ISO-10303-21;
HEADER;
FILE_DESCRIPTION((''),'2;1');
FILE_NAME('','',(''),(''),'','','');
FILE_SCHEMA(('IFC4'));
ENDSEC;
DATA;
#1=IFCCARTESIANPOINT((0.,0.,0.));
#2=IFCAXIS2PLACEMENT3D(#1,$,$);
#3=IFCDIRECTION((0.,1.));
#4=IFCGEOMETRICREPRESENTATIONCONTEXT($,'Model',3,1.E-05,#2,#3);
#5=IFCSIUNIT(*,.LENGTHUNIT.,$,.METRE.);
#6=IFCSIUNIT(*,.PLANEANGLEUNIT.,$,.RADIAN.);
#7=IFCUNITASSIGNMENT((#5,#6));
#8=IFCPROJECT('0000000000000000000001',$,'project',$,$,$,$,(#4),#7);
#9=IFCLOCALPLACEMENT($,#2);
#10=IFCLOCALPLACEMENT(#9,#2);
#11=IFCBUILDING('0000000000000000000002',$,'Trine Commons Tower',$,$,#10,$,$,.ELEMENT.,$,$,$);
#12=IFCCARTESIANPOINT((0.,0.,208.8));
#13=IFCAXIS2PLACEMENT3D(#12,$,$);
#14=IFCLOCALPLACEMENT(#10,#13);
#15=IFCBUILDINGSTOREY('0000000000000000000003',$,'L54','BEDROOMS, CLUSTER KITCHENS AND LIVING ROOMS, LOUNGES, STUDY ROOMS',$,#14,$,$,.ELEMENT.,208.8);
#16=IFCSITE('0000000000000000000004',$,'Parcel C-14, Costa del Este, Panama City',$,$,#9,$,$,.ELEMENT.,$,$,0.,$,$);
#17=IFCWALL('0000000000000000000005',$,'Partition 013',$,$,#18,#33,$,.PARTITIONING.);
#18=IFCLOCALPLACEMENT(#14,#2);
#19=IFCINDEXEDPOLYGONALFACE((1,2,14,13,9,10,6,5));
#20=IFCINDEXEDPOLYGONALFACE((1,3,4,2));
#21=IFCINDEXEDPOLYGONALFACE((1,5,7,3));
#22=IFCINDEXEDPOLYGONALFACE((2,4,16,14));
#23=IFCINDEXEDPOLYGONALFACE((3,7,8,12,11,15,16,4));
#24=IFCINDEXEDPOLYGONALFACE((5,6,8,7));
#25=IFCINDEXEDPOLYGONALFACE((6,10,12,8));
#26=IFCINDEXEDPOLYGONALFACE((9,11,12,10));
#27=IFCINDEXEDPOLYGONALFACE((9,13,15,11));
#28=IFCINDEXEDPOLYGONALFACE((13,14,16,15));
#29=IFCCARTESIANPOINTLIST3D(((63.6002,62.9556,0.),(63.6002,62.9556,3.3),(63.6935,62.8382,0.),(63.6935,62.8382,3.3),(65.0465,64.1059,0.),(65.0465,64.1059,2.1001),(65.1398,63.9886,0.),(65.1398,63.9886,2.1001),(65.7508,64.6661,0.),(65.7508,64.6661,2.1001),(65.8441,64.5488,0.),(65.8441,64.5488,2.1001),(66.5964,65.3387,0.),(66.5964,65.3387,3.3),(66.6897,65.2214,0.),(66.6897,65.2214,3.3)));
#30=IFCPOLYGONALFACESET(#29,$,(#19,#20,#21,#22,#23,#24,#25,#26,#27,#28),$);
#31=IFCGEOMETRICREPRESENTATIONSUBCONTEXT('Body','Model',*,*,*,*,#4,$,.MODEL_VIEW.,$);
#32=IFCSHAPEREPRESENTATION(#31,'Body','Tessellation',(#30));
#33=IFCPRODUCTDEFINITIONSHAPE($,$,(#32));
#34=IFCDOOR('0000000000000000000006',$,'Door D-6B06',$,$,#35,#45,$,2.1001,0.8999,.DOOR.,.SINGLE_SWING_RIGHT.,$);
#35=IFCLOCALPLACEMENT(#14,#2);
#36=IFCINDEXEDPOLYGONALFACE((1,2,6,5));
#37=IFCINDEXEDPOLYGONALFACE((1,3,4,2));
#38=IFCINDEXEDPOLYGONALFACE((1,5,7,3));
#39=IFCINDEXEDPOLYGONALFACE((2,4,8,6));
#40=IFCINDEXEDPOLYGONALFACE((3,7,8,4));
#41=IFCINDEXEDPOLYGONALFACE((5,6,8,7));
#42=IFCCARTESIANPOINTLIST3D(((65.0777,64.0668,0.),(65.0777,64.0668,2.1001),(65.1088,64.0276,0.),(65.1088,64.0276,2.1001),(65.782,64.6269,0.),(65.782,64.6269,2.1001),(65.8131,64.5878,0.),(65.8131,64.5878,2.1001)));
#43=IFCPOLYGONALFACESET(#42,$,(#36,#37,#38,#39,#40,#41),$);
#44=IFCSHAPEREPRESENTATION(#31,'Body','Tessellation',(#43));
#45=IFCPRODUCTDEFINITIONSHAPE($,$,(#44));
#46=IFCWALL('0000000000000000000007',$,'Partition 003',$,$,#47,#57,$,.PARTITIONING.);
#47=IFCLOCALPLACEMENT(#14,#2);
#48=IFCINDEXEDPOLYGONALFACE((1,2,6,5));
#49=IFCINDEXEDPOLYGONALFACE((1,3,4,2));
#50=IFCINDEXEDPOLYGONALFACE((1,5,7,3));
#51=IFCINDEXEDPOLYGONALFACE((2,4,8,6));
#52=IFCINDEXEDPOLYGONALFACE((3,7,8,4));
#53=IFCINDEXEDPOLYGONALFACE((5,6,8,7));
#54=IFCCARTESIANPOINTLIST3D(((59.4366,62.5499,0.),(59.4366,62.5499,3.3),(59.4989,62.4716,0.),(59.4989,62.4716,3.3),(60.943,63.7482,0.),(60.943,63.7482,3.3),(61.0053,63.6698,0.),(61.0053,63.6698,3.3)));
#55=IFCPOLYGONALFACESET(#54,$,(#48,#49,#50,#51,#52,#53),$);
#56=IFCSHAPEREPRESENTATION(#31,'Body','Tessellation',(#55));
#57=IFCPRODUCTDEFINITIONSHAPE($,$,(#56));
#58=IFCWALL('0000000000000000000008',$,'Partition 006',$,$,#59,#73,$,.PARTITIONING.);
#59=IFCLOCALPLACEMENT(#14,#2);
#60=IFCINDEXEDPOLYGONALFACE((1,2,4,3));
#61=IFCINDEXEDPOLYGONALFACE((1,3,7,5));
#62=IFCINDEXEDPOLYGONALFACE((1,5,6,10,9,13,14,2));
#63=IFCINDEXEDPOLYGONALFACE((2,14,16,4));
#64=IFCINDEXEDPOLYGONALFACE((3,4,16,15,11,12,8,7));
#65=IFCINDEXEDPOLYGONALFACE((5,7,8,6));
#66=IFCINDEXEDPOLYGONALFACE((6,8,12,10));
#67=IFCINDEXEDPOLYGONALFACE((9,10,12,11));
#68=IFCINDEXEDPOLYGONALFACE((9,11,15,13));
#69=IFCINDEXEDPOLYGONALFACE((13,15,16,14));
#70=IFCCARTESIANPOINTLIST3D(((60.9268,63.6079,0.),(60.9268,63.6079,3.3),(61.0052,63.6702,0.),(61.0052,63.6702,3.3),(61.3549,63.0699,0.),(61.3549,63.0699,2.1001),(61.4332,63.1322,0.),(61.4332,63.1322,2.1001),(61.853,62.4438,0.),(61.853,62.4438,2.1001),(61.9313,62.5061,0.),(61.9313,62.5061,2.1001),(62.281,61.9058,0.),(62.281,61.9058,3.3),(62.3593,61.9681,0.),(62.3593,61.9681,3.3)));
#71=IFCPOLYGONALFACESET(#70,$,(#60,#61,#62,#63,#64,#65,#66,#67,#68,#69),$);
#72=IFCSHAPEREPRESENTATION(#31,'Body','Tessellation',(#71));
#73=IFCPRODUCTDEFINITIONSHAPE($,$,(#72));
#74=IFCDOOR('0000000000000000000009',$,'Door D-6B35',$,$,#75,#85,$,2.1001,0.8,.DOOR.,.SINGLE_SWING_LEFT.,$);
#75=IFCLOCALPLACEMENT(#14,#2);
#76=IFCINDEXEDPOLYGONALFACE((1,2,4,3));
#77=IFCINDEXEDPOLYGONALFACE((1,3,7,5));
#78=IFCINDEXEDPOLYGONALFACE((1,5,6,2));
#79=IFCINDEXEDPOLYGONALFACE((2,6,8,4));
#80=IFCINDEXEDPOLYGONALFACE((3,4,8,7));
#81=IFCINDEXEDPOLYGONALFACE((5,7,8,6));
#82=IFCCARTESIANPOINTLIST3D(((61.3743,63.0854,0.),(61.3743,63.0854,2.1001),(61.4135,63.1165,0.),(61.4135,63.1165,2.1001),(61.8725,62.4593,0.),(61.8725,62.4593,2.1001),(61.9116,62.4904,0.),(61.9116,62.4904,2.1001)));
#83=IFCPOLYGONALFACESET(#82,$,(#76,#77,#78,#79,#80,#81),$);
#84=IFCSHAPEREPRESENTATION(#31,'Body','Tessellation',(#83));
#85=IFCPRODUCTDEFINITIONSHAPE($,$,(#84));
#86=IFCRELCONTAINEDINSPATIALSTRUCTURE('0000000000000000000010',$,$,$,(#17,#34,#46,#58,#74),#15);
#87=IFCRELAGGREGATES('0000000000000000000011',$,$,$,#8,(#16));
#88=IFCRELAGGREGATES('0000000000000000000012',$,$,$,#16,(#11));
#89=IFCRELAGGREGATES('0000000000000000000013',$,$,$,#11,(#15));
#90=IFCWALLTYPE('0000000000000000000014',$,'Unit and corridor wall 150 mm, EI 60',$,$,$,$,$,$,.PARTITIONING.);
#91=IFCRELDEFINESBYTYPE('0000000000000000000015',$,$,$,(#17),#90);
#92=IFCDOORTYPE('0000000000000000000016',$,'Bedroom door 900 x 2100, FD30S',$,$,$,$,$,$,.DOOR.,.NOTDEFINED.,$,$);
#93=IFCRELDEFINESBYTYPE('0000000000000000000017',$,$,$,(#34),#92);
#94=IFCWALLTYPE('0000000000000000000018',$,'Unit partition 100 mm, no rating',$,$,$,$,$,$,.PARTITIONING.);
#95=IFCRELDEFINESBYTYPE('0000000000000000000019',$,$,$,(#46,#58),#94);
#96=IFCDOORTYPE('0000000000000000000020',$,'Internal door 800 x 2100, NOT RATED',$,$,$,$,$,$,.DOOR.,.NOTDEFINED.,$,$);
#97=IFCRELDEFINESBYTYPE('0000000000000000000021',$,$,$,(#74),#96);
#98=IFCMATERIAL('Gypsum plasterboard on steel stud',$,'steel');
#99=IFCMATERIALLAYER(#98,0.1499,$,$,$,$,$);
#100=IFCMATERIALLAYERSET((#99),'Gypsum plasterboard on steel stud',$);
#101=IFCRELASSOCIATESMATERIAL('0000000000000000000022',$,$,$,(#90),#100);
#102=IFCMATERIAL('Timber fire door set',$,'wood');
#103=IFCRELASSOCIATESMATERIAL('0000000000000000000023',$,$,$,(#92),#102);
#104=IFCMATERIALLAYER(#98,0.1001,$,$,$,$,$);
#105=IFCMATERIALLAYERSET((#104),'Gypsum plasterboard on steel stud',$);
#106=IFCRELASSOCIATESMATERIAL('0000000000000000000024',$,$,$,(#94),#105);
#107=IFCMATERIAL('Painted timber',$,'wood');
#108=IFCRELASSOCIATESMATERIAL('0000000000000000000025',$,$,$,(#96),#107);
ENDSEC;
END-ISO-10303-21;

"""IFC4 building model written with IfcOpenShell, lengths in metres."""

from ifc_helpers import new_model, si_unit, direction, frame, frame_2d, origin, place, context, subcontext, project, spatial, rectangle, extrude, material, layer, layer_set, type_object, element, fill, save


model = new_model("IFC4")

# Units and contexts
model_context = context("Model", 3, precision=1e-05, world=origin(), true_north=direction((0.0, 1.0)))
body_context = subcontext(model_context, "Body", "Model", "MODEL_VIEW")
ifc_project = project(units=[si_unit("LENGTHUNIT", "METRE"), si_unit("PLANEANGLEUNIT", "RADIAN")], contexts=[model_context])

# Site, building, storey
site_placement = place(None, origin())
site = spatial("IfcSite", under=ifc_project, at=site_placement, Name="Parcel C-14, Costa del Este, Panama City", CompositionType="ELEMENT", RefElevation=0.0)
building_placement = place(site_placement, origin())
building = spatial("IfcBuilding", under=site, at=building_placement, Name="Trine Commons Tower", CompositionType="ELEMENT")
storey_placement = place(building_placement, frame((0.0, 0.0, 208.8)))
storey = spatial("IfcBuildingStorey", under=building, at=storey_placement, Name="L54", Description="BEDROOMS, CLUSTER KITCHENS AND LIVING ROOMS, LOUNGES, STUDY ROOMS", CompositionType="ELEMENT", Elevation=208.8)

# Shared definitions
ifc_material_1 = material(Name="Gypsum plasterboard on steel stud", Category="steel")
ifc_layer_1 = layer(ifc_material_1, 0.1499)
ifc_layer_set_1 = layer_set([ifc_layer_1], Name="Gypsum plasterboard on steel stud")
wall_type_1 = type_object("IfcWallType", Name="Unit and corridor wall 150 mm, EI 60", PredefinedType="PARTITIONING", material=ifc_layer_set_1)
ifc_material_2 = material(Name="Timber fire door set", Category="wood")
door_type_1 = type_object("IfcDoorType", Name="Bedroom door 900 x 2100, FD30S", OperationType="NOTDEFINED", PredefinedType="DOOR", material=ifc_material_2)

# Wall, opening, door
wall_1_placement = place(storey_placement, frame((63.647, 62.897, 0.0), z_axis=(0.0, 0.0, 1.0), x_axis=(0.782626, 0.622492, 0.0)))
wall_1 = element("IfcWall", 1, at=wall_1_placement, inside=storey, type_object=wall_type_1, Name="Partition 013", PredefinedType="PARTITIONING", context=body_context, shape_type="SweptSolid", body=[
    extrude(rectangle(XDim=3.8284, YDim=0.1499, at=frame_2d((1.9141, 0.0))), origin(), (0.0, 0.0, 1.0), 3.3),
])
opening_1_placement = place(wall_1_placement, frame((1.8479, 0.0, 0.0)))
opening_1 = element("IfcOpeningElement", 2, at=opening_1_placement, cuts=wall_1, PredefinedType="OPENING", context=body_context, shape_type="SweptSolid", body=[
    extrude(rectangle(XDim=0.8999, YDim=2.1001, at=frame_2d((0.45, 1.05))), frame((0.0, 0.085, 0.0), z_axis=(0.0, -1.0, 0.0), x_axis=(1.0, 0.0, 0.0)), (0.0, 0.0, 1.0), 0.1699),
])
door_1_placement = place(opening_1_placement, origin())
door_1 = element("IfcDoor", 3, at=door_1_placement, inside=storey, type_object=door_type_1, Name="Door D-6B06", OperationType="SINGLE_SWING_RIGHT", OverallHeight=2.1001, OverallWidth=0.8999, PredefinedType="DOOR", context=body_context, shape_type="SweptSolid", body=[
    extrude(rectangle(XDim=0.8999, YDim=2.1001, at=frame_2d((0.45, 1.05))), frame((0.0, 0.0249, 0.0), z_axis=(0.0, -1.0, 0.0), x_axis=(1.0, 0.0, 0.0)), (0.0, 0.0, 1.0), 0.05),
])
fill(opening_1, door_1)

# Wall
ifc_layer_2 = layer(ifc_material_1, 0.1001)
ifc_layer_set_2 = layer_set([ifc_layer_2], Name="Gypsum plasterboard on steel stud")
wall_type_2 = type_object("IfcWallType", Name="Unit partition 100 mm, no rating", PredefinedType="PARTITIONING", material=ifc_layer_set_2)
wall_2_placement = place(storey_placement, frame((59.4678, 62.5107, 0.0), z_axis=(0.0, 0.0, 1.0), x_axis=(0.782598, 0.622527, 0.0)))
element("IfcWall", 4, at=wall_2_placement, inside=storey, type_object=wall_type_2, Name="Partition 003", PredefinedType="PARTITIONING", context=body_context, shape_type="SweptSolid", body=[
    extrude(rectangle(XDim=1.9248, YDim=0.1001, at=frame_2d((0.9624, 0.0))), origin(), (0.0, 0.0, 1.0), 3.3),
])

# Wall, opening, door
wall_3_placement = place(storey_placement, frame((60.9661, 63.6389, 0.0), z_axis=(0.0, 0.0, 1.0), x_axis=(0.622599, -0.782541, 0.0)))
wall_3 = element("IfcWall", 5, at=wall_3_placement, inside=storey, type_object=wall_type_2, Name="Partition 006", PredefinedType="PARTITIONING", context=body_context, shape_type="SweptSolid", body=[
    extrude(rectangle(XDim=2.175, YDim=0.1001, at=frame_2d((1.0874, 0.0))), origin(), (0.0, 0.0, 1.0), 3.3),
])
opening_2_placement = place(wall_3_placement, frame((0.6875, 0.0, 0.0)))
opening_2 = element("IfcOpeningElement", 6, at=opening_2_placement, cuts=wall_3, PredefinedType="OPENING", context=body_context, shape_type="SweptSolid", body=[
    extrude(rectangle(XDim=0.8, YDim=2.1001, at=frame_2d((0.3999, 1.05))), frame((0.0, 0.0601, 0.0), z_axis=(0.0, -1.0, 0.0), x_axis=(1.0, 0.0, 0.0)), (0.0, 0.0, 1.0), 0.1201),
])
ifc_material_3 = material(Name="Painted timber", Category="wood")
door_type_2 = type_object("IfcDoorType", Name="Internal door 800 x 2100, NOT RATED", OperationType="NOTDEFINED", PredefinedType="DOOR", material=ifc_material_3)
door_2_placement = place(opening_2_placement, origin())
door_2 = element("IfcDoor", 7, at=door_2_placement, inside=storey, type_object=door_type_2, Name="Door D-6B35", OperationType="SINGLE_SWING_LEFT", OverallHeight=2.1001, OverallWidth=0.8, PredefinedType="DOOR", context=body_context, shape_type="SweptSolid", body=[
    extrude(rectangle(XDim=0.8, YDim=2.1001, at=frame_2d((0.3999, 1.05))), frame((0.0, 0.0249, 0.0), z_axis=(0.0, -1.0, 0.0), x_axis=(1.0, 0.0, 0.0)), (0.0, 0.0, 1.0), 0.05),
])
fill(opening_2, door_2)

save(model, "model.ifc")
